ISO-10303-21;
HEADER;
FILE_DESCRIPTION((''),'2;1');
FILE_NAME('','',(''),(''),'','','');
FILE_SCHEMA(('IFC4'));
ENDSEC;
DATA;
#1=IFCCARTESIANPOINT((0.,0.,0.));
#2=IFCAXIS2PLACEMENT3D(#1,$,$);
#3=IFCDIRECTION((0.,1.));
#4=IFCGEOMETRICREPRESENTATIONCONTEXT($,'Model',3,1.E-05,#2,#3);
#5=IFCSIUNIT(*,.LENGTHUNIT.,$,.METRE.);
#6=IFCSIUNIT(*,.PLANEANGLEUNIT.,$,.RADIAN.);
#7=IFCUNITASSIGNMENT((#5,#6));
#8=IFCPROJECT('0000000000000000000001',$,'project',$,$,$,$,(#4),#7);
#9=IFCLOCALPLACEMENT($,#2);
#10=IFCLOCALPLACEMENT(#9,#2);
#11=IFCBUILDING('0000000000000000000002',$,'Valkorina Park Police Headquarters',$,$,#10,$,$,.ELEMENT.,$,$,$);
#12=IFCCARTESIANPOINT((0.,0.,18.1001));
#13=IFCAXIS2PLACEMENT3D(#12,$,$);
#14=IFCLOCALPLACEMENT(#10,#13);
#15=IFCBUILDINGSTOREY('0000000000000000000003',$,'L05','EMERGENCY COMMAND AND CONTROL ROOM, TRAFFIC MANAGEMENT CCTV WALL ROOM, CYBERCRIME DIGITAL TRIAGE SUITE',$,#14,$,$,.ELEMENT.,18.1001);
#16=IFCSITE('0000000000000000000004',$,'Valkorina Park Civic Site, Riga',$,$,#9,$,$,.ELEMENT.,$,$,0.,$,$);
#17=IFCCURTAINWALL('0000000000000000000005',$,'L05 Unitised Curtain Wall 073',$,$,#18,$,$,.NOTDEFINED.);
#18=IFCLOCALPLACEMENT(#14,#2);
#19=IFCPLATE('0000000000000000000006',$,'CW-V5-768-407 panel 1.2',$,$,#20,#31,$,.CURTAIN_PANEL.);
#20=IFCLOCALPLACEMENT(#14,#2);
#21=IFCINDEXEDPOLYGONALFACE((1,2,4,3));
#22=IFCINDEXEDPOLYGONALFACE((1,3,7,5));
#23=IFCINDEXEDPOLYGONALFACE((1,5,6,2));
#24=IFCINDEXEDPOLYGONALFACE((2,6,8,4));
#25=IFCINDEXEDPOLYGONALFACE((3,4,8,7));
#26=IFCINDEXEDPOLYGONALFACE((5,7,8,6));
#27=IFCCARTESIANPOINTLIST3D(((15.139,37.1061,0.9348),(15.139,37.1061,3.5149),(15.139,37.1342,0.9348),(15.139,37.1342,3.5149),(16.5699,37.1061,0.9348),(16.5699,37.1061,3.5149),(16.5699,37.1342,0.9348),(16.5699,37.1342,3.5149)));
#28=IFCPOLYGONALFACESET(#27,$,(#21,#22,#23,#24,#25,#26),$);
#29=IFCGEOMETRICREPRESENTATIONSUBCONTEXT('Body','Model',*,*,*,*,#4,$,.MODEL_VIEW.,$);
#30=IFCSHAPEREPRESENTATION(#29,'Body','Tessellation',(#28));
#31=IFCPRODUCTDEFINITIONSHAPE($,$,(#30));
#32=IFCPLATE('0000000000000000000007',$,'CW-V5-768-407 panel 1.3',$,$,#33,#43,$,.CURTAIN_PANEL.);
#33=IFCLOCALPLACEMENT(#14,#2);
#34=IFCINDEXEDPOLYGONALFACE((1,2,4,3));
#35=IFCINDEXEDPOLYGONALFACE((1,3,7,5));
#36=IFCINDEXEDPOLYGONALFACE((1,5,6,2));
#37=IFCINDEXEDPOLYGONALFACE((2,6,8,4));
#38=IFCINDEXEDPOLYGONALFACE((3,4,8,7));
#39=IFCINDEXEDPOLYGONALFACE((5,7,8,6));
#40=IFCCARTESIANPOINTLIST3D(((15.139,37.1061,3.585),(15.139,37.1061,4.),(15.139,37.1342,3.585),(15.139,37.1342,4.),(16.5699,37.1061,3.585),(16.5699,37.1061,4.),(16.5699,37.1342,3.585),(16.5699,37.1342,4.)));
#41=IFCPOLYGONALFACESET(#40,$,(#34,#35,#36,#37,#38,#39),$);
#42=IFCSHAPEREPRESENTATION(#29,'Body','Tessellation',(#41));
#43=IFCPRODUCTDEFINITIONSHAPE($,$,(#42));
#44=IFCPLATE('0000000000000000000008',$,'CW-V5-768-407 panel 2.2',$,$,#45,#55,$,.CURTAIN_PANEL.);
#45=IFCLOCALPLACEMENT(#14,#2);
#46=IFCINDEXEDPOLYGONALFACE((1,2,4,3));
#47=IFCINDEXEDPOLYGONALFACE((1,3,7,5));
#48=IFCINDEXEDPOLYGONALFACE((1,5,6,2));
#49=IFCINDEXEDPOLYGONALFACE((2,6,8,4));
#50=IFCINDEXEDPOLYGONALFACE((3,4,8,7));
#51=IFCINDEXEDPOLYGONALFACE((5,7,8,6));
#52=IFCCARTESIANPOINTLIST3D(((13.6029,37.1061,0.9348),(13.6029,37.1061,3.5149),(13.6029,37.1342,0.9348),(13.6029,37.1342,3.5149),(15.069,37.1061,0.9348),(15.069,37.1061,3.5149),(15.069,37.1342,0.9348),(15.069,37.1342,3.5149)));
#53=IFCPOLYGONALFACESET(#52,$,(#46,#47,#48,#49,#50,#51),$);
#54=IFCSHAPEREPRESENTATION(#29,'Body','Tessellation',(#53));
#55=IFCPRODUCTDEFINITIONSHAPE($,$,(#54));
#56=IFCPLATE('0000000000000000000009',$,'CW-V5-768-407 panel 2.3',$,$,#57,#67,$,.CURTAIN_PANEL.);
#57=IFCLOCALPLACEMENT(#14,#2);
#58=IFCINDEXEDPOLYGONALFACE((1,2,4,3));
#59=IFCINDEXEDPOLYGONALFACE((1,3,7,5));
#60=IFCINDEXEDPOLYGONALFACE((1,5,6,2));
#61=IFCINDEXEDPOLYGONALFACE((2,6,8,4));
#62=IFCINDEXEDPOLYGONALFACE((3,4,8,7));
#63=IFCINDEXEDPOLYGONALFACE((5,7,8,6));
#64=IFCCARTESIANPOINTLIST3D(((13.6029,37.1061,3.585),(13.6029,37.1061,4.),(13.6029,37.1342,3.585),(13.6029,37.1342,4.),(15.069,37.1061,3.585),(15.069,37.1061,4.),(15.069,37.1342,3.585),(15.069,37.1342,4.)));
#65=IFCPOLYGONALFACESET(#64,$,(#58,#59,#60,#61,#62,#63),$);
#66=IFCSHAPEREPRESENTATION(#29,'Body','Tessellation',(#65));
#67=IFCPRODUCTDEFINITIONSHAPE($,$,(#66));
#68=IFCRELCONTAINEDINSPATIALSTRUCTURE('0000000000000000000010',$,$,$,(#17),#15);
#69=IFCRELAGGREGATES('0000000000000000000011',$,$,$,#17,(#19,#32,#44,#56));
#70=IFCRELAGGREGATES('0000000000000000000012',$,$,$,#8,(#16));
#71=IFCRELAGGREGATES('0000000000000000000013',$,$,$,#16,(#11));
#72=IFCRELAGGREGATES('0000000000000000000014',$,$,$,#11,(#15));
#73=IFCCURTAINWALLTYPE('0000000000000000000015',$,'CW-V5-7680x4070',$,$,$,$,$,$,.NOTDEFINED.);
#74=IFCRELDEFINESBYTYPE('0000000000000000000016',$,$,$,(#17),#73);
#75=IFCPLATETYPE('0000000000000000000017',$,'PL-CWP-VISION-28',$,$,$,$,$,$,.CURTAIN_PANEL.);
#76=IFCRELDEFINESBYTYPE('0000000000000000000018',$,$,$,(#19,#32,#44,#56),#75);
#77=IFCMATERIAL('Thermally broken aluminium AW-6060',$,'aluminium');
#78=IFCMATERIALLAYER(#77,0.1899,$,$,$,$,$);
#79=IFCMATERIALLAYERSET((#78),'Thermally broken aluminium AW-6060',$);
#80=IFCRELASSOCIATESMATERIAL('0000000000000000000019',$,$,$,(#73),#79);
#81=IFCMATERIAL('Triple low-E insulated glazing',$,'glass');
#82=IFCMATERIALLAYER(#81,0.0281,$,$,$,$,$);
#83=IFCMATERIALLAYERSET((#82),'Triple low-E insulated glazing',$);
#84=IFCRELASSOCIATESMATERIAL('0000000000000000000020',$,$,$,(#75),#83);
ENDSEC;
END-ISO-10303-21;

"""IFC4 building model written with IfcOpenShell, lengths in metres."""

from ifc_helpers import new_model, si_unit, direction, frame, origin, origin_2d, place, context, subcontext, project, spatial, rectangle, extrude, material, layer, layer_set, type_object, element, aggregate, save


model = new_model("IFC4")

# Units and contexts
model_context = context("Model", 3, precision=1e-05, world=origin(), true_north=direction((0.0, 1.0)))
body_context = subcontext(model_context, "Body", "Model", "MODEL_VIEW")
ifc_project = project(units=[si_unit("LENGTHUNIT", "METRE"), si_unit("PLANEANGLEUNIT", "RADIAN")], contexts=[model_context])

# Site, building, storey
site_placement = place(None, origin())
site = spatial("IfcSite", under=ifc_project, at=site_placement, Name="Valkorina Park Civic Site, Riga", CompositionType="ELEMENT", RefElevation=0.0)
building_placement = place(site_placement, origin())
building = spatial("IfcBuilding", under=site, at=building_placement, Name="Valkorina Park Police Headquarters", CompositionType="ELEMENT")
storey_placement = place(building_placement, frame((0.0, 0.0, 18.1001)))
storey = spatial("IfcBuildingStorey", under=building, at=storey_placement, Name="L05", Description="EMERGENCY COMMAND AND CONTROL ROOM, TRAFFIC MANAGEMENT CCTV WALL ROOM, CYBERCRIME DIGITAL TRIAGE SUITE", CompositionType="ELEMENT", Elevation=18.1001)

# Curtain wall, plates
ifc_material_1 = material(Name="Thermally broken aluminium AW-6060", Category="aluminium")
ifc_layer_1 = layer(ifc_material_1, 0.1899)
ifc_layer_set_1 = layer_set([ifc_layer_1], Name="Thermally broken aluminium AW-6060")
curtain_wall_type = type_object("IfcCurtainWallType", Name="CW-V5-7680x4070", PredefinedType="NOTDEFINED", material=ifc_layer_set_1)
curtain_wall_placement = place(storey_placement, origin())
curtain_wall = element("IfcCurtainWall", 1, at=curtain_wall_placement, inside=storey, type_object=curtain_wall_type, Name="L05 Unitised Curtain Wall 073", PredefinedType="NOTDEFINED")
ifc_material_2 = material(Name="Triple low-E insulated glazing", Category="glass")
ifc_layer_2 = layer(ifc_material_2, 0.0281)
ifc_layer_set_2 = layer_set([ifc_layer_2], Name="Triple low-E insulated glazing")
plate_type_1 = type_object("IfcPlateType", Name="PL-CWP-VISION-28", PredefinedType="CURTAIN_PANEL", material=ifc_layer_set_2)
plate_1_placement = place(storey_placement, frame((15.8545, 37.1201, 0.9348), z_axis=(0.0, 0.0, 1.0), x_axis=(-1.0, 0.0, 0.0)))
plate_1 = element("IfcPlate", 2, at=plate_1_placement, type_object=plate_type_1, Name="CW-V5-768-407 panel 1.2", PredefinedType="CURTAIN_PANEL", context=body_context, shape_type="SweptSolid", body=[
    extrude(rectangle(XDim=1.4309, YDim=0.0281, at=origin_2d()), origin(), (0.0, 0.0, 1.0), 2.5801),
])
plate_2_placement = place(storey_placement, frame((15.8545, 37.1201, 3.585), z_axis=(0.0, 0.0, 1.0), x_axis=(-1.0, 0.0, 0.0)))
plate_2 = element("IfcPlate", 3, at=plate_2_placement, type_object=plate_type_1, Name="CW-V5-768-407 panel 1.3", PredefinedType="CURTAIN_PANEL", context=body_context, shape_type="SweptSolid", body=[
    extrude(rectangle(XDim=1.4309, YDim=0.0281, at=origin_2d()), origin(), (0.0, 0.0, 1.0), 0.415),
])
plate_3_placement = place(storey_placement, frame((14.3359, 37.1201, 0.9348), z_axis=(0.0, 0.0, 1.0), x_axis=(-1.0, 0.0, 0.0)))
plate_3 = element("IfcPlate", 4, at=plate_3_placement, type_object=plate_type_1, Name="CW-V5-768-407 panel 2.2", PredefinedType="CURTAIN_PANEL", context=body_context, shape_type="SweptSolid", body=[
    extrude(rectangle(XDim=1.4661, YDim=0.0281, at=origin_2d()), origin(), (0.0, 0.0, 1.0), 2.5801),
])
plate_4_placement = place(storey_placement, frame((14.3359, 37.1201, 3.585), z_axis=(0.0, 0.0, 1.0), x_axis=(-1.0, 0.0, 0.0)))
plate_4 = element("IfcPlate", 5, at=plate_4_placement, type_object=plate_type_1, Name="CW-V5-768-407 panel 2.3", PredefinedType="CURTAIN_PANEL", context=body_context, shape_type="SweptSolid", body=[
    extrude(rectangle(XDim=1.4661, YDim=0.0281, at=origin_2d()), origin(), (0.0, 0.0, 1.0), 0.415),
])
aggregate(curtain_wall, [plate_1, plate_2, plate_3, plate_4])

save(model, "model.ifc")
